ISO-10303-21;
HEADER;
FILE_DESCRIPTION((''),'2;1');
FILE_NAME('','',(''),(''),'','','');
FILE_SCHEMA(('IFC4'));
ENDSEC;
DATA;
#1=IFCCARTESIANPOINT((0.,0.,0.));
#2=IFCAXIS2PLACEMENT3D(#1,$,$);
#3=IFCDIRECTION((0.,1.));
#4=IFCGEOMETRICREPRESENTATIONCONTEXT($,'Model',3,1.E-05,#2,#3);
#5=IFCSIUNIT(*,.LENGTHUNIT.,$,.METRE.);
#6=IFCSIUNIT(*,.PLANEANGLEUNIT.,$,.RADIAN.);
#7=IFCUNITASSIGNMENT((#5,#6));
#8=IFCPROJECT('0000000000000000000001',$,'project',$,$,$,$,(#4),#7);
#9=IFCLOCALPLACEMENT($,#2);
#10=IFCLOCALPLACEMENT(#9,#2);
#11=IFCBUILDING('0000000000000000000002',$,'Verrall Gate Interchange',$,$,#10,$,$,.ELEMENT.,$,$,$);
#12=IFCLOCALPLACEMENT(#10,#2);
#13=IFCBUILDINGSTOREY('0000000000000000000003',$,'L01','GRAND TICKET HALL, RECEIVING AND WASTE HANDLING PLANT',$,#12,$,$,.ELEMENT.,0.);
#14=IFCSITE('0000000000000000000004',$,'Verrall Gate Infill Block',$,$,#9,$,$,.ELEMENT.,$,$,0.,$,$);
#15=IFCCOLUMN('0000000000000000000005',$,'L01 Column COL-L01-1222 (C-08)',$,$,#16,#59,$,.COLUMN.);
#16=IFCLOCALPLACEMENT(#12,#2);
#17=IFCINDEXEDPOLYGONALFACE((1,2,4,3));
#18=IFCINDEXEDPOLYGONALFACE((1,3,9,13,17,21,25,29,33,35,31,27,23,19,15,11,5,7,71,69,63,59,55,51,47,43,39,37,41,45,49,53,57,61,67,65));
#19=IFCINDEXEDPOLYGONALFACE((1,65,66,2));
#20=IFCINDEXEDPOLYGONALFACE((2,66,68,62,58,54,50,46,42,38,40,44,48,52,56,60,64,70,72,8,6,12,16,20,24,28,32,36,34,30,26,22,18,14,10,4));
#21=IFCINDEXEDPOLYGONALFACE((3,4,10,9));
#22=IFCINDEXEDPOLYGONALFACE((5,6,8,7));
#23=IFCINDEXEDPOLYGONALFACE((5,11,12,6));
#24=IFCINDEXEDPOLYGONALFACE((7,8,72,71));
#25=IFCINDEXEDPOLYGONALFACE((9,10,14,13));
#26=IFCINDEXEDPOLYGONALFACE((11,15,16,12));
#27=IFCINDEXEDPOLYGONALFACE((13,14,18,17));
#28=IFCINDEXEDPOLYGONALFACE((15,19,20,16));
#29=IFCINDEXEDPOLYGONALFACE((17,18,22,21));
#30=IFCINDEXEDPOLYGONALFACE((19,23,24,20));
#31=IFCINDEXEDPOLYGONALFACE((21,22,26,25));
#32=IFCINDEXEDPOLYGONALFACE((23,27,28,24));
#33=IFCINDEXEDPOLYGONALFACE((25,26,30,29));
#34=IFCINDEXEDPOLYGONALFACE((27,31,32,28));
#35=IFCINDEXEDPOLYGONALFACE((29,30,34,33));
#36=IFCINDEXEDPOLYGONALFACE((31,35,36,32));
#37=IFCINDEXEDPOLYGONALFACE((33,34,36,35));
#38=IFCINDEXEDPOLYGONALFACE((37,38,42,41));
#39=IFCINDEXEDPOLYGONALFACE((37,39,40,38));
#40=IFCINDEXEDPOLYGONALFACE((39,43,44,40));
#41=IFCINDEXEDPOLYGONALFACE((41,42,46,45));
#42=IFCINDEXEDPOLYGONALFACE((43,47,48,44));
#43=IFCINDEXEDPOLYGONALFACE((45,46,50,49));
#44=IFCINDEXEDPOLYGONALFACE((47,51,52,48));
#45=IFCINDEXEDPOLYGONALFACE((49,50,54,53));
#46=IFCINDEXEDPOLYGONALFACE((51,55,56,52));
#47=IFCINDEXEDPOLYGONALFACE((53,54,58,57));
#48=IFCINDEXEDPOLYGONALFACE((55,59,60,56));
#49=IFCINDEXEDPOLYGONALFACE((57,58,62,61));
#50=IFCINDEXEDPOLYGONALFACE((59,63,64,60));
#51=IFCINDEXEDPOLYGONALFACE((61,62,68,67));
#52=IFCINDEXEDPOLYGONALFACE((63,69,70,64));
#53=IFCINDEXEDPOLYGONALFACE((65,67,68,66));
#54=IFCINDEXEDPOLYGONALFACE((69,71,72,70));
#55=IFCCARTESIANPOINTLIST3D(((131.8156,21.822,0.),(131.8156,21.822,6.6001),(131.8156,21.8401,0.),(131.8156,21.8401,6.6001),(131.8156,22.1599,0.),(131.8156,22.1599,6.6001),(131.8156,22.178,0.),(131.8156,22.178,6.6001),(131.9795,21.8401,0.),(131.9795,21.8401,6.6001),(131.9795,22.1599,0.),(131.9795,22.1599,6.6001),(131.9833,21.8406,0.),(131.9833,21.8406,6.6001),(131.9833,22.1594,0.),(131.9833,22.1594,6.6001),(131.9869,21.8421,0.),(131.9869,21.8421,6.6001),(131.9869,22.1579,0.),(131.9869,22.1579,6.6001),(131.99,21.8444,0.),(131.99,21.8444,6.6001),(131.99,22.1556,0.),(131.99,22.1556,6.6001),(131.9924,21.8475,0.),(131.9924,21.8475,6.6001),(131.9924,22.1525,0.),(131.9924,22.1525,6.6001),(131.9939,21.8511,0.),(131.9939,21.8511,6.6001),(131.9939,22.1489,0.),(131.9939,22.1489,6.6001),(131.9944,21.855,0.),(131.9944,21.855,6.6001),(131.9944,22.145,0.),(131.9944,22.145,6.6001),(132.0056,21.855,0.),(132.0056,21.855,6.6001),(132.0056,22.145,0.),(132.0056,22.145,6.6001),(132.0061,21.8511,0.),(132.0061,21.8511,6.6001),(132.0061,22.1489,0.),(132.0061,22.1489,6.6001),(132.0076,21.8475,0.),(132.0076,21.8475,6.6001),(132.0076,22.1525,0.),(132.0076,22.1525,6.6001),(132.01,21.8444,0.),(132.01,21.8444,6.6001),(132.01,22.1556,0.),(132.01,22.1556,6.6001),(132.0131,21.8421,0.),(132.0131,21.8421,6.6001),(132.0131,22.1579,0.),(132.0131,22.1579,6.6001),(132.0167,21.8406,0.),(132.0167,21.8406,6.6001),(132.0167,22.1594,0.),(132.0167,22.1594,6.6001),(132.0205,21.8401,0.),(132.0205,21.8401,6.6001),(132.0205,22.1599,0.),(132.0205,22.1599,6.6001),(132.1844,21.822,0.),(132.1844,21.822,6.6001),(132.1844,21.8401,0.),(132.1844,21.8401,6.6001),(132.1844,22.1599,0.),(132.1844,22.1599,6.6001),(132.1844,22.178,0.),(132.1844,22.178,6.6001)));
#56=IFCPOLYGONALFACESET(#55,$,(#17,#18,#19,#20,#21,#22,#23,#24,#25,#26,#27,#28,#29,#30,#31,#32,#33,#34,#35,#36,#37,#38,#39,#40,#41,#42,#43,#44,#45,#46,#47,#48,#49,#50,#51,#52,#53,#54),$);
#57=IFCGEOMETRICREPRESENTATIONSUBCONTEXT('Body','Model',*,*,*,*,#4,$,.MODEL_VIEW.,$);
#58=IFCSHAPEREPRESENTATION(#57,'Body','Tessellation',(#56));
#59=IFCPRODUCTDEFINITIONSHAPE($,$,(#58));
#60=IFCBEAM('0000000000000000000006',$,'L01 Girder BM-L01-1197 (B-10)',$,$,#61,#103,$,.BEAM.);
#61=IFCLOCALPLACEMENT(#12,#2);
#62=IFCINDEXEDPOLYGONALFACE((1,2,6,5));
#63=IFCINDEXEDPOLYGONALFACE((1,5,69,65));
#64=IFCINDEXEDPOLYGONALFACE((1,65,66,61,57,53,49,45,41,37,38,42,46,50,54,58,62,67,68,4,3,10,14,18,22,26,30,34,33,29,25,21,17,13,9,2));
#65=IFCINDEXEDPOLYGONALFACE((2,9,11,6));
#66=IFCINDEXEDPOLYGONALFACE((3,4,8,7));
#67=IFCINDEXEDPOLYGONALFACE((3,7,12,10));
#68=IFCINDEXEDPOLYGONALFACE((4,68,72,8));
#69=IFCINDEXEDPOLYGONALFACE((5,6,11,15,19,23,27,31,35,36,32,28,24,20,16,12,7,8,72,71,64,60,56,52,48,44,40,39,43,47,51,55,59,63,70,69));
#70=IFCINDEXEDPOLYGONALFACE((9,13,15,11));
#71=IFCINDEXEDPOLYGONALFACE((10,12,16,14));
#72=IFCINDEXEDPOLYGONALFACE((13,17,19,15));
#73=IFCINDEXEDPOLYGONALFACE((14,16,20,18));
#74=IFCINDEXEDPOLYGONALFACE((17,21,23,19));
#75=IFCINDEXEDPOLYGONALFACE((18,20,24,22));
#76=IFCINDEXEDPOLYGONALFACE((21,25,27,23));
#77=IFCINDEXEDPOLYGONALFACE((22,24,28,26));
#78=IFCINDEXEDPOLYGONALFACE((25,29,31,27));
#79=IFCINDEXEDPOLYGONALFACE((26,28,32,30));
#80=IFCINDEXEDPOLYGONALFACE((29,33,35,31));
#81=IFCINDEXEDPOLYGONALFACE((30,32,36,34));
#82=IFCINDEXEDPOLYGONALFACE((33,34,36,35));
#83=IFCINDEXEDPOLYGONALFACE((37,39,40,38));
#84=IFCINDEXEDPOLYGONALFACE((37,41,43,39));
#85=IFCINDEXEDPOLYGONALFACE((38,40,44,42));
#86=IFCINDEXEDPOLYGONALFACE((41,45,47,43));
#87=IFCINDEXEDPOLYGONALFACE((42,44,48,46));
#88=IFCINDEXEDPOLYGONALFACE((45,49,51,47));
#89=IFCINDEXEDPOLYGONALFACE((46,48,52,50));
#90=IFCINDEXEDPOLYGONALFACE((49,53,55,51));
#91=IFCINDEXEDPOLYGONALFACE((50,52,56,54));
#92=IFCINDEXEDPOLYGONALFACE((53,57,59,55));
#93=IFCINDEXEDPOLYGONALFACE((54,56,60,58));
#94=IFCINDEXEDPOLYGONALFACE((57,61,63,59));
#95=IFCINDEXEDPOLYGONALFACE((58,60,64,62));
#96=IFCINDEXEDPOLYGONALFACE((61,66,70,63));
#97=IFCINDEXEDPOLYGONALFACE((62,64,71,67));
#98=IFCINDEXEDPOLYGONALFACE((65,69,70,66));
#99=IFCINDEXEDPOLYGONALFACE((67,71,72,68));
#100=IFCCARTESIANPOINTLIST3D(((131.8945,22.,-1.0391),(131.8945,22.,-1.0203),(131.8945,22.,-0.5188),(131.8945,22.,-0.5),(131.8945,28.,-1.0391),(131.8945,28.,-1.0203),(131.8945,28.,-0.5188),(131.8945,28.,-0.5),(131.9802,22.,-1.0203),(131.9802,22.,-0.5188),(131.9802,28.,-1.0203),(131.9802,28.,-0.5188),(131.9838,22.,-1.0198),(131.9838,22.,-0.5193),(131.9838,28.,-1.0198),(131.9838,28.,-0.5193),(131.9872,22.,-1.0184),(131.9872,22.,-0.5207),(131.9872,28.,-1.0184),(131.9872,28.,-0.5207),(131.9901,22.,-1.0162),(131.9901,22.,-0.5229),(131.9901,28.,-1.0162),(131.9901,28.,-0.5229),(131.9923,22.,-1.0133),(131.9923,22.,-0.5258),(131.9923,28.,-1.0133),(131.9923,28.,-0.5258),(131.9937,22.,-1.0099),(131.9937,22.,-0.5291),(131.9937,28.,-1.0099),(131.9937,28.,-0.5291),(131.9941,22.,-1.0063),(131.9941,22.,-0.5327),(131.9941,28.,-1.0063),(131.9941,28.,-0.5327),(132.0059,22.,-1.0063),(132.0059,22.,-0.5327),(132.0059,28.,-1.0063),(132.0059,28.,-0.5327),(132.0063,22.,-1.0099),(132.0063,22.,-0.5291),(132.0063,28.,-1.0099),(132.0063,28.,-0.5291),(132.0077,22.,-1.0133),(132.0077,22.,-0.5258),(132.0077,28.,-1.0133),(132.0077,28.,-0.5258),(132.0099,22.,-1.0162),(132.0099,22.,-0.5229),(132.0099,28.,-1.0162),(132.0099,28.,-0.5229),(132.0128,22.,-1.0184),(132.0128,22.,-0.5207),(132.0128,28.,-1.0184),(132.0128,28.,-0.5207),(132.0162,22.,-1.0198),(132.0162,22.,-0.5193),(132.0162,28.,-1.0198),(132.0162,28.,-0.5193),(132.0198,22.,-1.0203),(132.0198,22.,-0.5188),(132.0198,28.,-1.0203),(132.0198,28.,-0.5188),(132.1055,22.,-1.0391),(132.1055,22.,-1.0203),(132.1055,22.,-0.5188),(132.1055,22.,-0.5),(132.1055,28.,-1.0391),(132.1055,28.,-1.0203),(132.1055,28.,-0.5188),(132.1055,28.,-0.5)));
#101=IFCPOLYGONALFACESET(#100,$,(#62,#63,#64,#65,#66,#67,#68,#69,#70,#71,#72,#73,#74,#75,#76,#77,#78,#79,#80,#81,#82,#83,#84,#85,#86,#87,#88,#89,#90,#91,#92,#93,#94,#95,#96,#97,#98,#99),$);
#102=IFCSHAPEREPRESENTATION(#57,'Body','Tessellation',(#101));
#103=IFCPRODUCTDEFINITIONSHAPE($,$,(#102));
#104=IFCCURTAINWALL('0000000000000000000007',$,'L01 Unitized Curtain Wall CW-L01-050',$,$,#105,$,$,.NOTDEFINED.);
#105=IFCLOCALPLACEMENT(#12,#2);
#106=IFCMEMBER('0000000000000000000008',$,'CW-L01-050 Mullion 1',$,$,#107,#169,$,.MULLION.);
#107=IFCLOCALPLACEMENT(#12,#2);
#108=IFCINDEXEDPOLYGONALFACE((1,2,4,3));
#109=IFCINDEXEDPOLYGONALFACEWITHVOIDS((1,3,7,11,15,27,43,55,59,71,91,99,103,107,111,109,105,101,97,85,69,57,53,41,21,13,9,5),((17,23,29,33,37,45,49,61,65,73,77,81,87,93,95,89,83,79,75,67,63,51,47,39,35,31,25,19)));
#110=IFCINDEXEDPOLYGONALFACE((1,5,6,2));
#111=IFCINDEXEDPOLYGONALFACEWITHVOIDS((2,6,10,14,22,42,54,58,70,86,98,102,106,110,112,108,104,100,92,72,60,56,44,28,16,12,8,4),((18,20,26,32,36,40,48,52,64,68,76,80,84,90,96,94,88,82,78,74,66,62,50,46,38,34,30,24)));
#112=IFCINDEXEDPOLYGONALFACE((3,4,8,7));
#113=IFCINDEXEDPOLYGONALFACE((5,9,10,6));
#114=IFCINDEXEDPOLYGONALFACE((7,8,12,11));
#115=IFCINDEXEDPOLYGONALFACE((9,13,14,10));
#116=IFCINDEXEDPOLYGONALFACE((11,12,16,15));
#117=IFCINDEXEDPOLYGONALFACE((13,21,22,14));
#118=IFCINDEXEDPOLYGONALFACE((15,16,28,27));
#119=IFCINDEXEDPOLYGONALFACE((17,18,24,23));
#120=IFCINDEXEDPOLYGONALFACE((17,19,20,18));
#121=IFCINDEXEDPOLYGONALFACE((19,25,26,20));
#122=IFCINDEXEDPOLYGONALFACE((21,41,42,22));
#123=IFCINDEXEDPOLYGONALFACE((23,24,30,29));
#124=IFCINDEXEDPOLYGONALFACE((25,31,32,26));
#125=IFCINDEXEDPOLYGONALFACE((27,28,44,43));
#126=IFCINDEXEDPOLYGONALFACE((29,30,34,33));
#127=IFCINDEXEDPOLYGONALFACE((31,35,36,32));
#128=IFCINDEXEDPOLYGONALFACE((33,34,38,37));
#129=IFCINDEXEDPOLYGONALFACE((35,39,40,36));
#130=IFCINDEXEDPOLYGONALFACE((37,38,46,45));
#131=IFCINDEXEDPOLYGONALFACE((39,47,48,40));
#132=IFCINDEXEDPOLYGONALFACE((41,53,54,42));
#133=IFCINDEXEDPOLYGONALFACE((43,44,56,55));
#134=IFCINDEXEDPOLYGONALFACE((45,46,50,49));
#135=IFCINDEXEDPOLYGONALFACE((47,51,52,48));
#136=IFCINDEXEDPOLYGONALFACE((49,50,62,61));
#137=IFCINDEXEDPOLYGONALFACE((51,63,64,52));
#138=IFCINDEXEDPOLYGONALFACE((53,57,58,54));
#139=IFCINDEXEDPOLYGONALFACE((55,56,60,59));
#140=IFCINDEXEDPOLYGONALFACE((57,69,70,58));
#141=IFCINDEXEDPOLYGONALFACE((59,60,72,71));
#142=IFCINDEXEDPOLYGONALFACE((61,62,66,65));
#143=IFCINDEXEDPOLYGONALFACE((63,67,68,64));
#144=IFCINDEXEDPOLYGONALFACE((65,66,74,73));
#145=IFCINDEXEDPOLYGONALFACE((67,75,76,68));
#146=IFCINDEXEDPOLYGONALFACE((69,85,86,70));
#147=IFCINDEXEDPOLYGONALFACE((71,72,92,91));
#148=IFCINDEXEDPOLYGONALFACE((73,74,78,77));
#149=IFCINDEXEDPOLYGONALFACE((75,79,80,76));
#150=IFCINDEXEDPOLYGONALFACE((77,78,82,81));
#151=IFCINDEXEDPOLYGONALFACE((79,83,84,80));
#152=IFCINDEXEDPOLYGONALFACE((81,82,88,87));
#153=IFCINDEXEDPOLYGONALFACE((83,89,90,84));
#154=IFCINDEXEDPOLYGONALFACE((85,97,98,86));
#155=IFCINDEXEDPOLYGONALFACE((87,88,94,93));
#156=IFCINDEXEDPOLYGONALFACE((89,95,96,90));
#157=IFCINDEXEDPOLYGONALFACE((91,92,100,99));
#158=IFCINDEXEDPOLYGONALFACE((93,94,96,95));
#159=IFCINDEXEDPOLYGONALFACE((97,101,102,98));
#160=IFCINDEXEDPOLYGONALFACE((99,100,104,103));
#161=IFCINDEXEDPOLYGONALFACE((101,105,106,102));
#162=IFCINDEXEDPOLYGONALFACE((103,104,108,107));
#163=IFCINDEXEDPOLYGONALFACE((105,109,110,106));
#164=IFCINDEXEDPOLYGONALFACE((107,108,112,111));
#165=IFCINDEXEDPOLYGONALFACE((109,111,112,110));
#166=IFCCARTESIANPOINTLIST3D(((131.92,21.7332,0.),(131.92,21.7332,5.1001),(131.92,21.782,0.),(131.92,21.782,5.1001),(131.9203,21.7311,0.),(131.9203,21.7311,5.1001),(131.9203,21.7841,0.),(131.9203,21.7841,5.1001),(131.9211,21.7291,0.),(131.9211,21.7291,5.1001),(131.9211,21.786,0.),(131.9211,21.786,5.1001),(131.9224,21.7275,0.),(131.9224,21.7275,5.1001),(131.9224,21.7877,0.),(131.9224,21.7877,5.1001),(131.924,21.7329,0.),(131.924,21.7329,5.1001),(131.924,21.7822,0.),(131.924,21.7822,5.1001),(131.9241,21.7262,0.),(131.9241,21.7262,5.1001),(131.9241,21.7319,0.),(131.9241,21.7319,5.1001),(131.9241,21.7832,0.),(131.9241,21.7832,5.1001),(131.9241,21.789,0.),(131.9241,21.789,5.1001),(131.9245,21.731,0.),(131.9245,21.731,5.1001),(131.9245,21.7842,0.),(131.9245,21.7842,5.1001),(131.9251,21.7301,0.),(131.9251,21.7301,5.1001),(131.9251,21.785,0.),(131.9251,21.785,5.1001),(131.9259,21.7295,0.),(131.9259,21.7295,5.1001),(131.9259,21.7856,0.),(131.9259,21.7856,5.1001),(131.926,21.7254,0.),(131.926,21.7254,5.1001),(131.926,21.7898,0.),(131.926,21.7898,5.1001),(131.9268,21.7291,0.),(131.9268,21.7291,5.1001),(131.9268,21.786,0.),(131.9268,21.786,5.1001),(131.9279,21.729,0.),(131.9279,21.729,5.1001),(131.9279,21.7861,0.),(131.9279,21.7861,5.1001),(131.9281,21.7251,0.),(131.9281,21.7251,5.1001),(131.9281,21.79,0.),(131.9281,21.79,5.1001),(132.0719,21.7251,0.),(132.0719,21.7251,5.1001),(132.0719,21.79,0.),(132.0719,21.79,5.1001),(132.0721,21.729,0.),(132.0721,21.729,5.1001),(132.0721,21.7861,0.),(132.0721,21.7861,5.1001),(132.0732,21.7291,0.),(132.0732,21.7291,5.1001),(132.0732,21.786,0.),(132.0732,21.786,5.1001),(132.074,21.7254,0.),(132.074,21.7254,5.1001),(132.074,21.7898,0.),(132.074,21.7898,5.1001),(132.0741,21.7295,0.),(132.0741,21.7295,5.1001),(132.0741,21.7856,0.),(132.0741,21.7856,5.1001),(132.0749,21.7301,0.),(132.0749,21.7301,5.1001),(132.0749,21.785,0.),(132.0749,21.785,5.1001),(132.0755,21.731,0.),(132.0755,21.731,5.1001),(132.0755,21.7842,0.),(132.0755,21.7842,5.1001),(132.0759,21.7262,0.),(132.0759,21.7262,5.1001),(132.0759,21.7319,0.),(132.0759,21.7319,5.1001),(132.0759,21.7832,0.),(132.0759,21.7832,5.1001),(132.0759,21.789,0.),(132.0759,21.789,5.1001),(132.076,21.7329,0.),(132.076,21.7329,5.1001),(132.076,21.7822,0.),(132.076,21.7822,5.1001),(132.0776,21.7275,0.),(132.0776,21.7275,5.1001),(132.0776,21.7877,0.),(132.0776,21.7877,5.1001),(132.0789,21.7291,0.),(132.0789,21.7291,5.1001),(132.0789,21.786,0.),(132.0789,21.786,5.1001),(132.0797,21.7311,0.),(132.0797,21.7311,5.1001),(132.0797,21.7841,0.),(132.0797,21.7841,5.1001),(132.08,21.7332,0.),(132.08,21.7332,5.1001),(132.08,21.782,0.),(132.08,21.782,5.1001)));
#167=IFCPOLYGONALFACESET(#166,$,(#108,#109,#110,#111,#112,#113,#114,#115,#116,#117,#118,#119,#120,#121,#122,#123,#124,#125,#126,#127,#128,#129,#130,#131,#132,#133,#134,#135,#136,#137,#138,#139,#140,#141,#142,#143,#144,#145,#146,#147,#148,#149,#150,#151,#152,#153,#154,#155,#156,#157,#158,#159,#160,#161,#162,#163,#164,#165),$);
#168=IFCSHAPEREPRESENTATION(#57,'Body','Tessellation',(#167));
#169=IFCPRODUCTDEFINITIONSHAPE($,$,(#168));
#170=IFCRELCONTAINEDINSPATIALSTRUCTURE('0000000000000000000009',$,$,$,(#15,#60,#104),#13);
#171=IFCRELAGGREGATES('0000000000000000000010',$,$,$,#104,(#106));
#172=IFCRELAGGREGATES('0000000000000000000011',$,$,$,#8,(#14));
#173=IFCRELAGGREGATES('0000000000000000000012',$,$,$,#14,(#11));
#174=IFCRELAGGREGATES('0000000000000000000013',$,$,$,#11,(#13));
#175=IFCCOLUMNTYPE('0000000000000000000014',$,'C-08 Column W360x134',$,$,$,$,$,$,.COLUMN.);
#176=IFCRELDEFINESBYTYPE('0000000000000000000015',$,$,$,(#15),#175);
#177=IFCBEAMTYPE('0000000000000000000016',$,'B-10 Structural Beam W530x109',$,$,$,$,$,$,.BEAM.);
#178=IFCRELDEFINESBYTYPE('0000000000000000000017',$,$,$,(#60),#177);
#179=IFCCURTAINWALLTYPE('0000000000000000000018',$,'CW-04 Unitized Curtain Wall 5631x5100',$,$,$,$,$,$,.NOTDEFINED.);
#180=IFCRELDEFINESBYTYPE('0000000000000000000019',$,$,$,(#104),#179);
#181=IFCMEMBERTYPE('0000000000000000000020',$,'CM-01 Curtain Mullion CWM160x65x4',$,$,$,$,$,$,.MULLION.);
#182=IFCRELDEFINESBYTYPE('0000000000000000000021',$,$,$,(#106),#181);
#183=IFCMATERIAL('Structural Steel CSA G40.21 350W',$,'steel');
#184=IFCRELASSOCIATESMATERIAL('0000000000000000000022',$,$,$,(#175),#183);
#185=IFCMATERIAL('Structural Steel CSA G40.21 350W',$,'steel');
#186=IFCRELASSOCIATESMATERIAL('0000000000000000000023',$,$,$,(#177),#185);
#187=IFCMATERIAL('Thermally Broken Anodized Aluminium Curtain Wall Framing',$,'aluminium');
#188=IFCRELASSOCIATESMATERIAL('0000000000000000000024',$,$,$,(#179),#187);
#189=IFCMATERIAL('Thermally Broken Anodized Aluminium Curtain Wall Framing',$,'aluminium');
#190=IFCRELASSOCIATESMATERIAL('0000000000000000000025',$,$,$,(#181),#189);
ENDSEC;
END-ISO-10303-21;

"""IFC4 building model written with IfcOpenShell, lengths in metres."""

from ifc_helpers import new_model, si_unit, direction, frame, origin, origin_2d, place, context, subcontext, project, spatial, hollow_rectangle, i_section, extrude, material, material_profile, profile_set, type_object, element, aggregate, save


model = new_model("IFC4")

# Units and contexts
model_context = context("Model", 3, precision=1e-05, world=origin(), true_north=direction((0.0, 1.0)))
body_context = subcontext(model_context, "Body", "Model", "MODEL_VIEW")
ifc_project = project(units=[si_unit("LENGTHUNIT", "METRE"), si_unit("PLANEANGLEUNIT", "RADIAN")], contexts=[model_context])

# Site, building, storey
site_placement = place(None, origin())
site = spatial("IfcSite", under=ifc_project, at=site_placement, Name="Verrall Gate Infill Block", CompositionType="ELEMENT", RefElevation=0.0)
building_placement = place(site_placement, origin())
building = spatial("IfcBuilding", under=site, at=building_placement, Name="Verrall Gate Interchange", CompositionType="ELEMENT")
storey_placement = place(building_placement, origin())
storey = spatial("IfcBuildingStorey", under=building, at=storey_placement, Name="L01", Description="GRAND TICKET HALL, RECEIVING AND WASTE HANDLING PLANT", CompositionType="ELEMENT", Elevation=0.0)

# Column
ifc_material_1 = material(Name="Structural Steel CSA G40.21 350W", Category="steel")
ifc_material_profile_1 = material_profile(ifc_material_1, i_section(OverallWidth=0.3689, OverallDepth=0.356, WebThickness=0.0112, FlangeThickness=0.0181, FilletRadius=0.0149, at=origin_2d()), Name="W360x134")
ifc_profile_set_1 = profile_set([ifc_material_profile_1], Name="Structural Steel CSA G40.21 350W")
column_type = type_object("IfcColumnType", Name="C-08 Column W360x134", PredefinedType="COLUMN", material=ifc_profile_set_1)
column_placement = place(storey_placement, frame((132.0, 22.0, 0.0), z_axis=(0.0, 0.0, 1.0), x_axis=(1.0, 0.0, 0.0)))
element("IfcColumn", 1, at=column_placement, inside=storey, type_object=column_type, Name="L01 Column COL-L01-1222 (C-08)", PredefinedType="COLUMN", context=body_context, shape_type="SweptSolid", body=[
    extrude(i_section(OverallWidth=0.3689, OverallDepth=0.356, WebThickness=0.0112, FlangeThickness=0.0181, FilletRadius=0.0149, at=origin_2d()), origin(), (0.0, 0.0, 1.0), 6.6001),
])

# Beam
ifc_material_2 = material(Name="Structural Steel CSA G40.21 350W", Category="steel")
ifc_material_profile_2 = material_profile(ifc_material_2, i_section(OverallWidth=0.2109, OverallDepth=0.5391, WebThickness=0.0117, FlangeThickness=0.0188, FilletRadius=0.0139, at=origin_2d()), Name="W530x109")
ifc_profile_set_2 = profile_set([ifc_material_profile_2], Name="Structural Steel CSA G40.21 350W")
beam_type = type_object("IfcBeamType", Name="B-10 Structural Beam W530x109", PredefinedType="BEAM", material=ifc_profile_set_2)
beam_placement = place(storey_placement, frame((132.0, 22.0, -0.7695), z_axis=(0.0, 1.0, 0.0), x_axis=(-1.0, 0.0, 0.0)))
element("IfcBeam", 2, at=beam_placement, inside=storey, type_object=beam_type, Name="L01 Girder BM-L01-1197 (B-10)", PredefinedType="BEAM", context=body_context, shape_type="SweptSolid", body=[
    extrude(i_section(OverallWidth=0.2109, OverallDepth=0.5391, WebThickness=0.0117, FlangeThickness=0.0188, FilletRadius=0.0139, at=origin_2d()), origin(), (0.0, 0.0, 1.0), 6.0),
])

# Curtain wall, member
ifc_material_3 = material(Name="Thermally Broken Anodized Aluminium Curtain Wall Framing", Category="aluminium")
curtain_wall_type = type_object("IfcCurtainWallType", Name="CW-04 Unitized Curtain Wall 5631x5100", PredefinedType="NOTDEFINED", material=ifc_material_3)
curtain_wall_1_placement = place(storey_placement, origin())
curtain_wall_1 = element("IfcCurtainWall", 3, at=curtain_wall_1_placement, inside=storey, type_object=curtain_wall_type, Name="L01 Unitized Curtain Wall CW-L01-050", PredefinedType="NOTDEFINED")
ifc_material_4 = material(Name="Thermally Broken Anodized Aluminium Curtain Wall Framing", Category="aluminium")
ifc_material_profile_3 = material_profile(ifc_material_4, hollow_rectangle(XDim=0.0649, YDim=0.1599, WallThickness=0.0039, InnerFilletRadius=0.0039, OuterFilletRadius=0.0081, at=origin_2d()), Name="CWM160x65x4")
ifc_profile_set_3 = profile_set([ifc_material_profile_3], Name="Thermally Broken Anodized Aluminium Curtain Wall Framing")
member_type_1 = type_object("IfcMemberType", Name="CM-01 Curtain Mullion CWM160x65x4", PredefinedType="MULLION", material=ifc_profile_set_3)
member_1_placement = place(storey_placement, frame((132.0, 21.7576, 0.0), z_axis=(0.0, 0.0, 1.0), x_axis=(0.0, -1.0, 0.0)))
member_1 = element("IfcMember", 4, at=member_1_placement, type_object=member_type_1, Name="CW-L01-050 Mullion 1", PredefinedType="MULLION", context=body_context, shape_type="SweptSolid", body=[
    extrude(hollow_rectangle(XDim=0.0649, YDim=0.1599, WallThickness=0.0039, InnerFilletRadius=0.0039, OuterFilletRadius=0.0081, at=origin_2d()), origin(), (0.0, 0.0, 1.0), 5.1001),
])

aggregate(curtain_wall_1, [member_1])

save(model, "model.ifc")
